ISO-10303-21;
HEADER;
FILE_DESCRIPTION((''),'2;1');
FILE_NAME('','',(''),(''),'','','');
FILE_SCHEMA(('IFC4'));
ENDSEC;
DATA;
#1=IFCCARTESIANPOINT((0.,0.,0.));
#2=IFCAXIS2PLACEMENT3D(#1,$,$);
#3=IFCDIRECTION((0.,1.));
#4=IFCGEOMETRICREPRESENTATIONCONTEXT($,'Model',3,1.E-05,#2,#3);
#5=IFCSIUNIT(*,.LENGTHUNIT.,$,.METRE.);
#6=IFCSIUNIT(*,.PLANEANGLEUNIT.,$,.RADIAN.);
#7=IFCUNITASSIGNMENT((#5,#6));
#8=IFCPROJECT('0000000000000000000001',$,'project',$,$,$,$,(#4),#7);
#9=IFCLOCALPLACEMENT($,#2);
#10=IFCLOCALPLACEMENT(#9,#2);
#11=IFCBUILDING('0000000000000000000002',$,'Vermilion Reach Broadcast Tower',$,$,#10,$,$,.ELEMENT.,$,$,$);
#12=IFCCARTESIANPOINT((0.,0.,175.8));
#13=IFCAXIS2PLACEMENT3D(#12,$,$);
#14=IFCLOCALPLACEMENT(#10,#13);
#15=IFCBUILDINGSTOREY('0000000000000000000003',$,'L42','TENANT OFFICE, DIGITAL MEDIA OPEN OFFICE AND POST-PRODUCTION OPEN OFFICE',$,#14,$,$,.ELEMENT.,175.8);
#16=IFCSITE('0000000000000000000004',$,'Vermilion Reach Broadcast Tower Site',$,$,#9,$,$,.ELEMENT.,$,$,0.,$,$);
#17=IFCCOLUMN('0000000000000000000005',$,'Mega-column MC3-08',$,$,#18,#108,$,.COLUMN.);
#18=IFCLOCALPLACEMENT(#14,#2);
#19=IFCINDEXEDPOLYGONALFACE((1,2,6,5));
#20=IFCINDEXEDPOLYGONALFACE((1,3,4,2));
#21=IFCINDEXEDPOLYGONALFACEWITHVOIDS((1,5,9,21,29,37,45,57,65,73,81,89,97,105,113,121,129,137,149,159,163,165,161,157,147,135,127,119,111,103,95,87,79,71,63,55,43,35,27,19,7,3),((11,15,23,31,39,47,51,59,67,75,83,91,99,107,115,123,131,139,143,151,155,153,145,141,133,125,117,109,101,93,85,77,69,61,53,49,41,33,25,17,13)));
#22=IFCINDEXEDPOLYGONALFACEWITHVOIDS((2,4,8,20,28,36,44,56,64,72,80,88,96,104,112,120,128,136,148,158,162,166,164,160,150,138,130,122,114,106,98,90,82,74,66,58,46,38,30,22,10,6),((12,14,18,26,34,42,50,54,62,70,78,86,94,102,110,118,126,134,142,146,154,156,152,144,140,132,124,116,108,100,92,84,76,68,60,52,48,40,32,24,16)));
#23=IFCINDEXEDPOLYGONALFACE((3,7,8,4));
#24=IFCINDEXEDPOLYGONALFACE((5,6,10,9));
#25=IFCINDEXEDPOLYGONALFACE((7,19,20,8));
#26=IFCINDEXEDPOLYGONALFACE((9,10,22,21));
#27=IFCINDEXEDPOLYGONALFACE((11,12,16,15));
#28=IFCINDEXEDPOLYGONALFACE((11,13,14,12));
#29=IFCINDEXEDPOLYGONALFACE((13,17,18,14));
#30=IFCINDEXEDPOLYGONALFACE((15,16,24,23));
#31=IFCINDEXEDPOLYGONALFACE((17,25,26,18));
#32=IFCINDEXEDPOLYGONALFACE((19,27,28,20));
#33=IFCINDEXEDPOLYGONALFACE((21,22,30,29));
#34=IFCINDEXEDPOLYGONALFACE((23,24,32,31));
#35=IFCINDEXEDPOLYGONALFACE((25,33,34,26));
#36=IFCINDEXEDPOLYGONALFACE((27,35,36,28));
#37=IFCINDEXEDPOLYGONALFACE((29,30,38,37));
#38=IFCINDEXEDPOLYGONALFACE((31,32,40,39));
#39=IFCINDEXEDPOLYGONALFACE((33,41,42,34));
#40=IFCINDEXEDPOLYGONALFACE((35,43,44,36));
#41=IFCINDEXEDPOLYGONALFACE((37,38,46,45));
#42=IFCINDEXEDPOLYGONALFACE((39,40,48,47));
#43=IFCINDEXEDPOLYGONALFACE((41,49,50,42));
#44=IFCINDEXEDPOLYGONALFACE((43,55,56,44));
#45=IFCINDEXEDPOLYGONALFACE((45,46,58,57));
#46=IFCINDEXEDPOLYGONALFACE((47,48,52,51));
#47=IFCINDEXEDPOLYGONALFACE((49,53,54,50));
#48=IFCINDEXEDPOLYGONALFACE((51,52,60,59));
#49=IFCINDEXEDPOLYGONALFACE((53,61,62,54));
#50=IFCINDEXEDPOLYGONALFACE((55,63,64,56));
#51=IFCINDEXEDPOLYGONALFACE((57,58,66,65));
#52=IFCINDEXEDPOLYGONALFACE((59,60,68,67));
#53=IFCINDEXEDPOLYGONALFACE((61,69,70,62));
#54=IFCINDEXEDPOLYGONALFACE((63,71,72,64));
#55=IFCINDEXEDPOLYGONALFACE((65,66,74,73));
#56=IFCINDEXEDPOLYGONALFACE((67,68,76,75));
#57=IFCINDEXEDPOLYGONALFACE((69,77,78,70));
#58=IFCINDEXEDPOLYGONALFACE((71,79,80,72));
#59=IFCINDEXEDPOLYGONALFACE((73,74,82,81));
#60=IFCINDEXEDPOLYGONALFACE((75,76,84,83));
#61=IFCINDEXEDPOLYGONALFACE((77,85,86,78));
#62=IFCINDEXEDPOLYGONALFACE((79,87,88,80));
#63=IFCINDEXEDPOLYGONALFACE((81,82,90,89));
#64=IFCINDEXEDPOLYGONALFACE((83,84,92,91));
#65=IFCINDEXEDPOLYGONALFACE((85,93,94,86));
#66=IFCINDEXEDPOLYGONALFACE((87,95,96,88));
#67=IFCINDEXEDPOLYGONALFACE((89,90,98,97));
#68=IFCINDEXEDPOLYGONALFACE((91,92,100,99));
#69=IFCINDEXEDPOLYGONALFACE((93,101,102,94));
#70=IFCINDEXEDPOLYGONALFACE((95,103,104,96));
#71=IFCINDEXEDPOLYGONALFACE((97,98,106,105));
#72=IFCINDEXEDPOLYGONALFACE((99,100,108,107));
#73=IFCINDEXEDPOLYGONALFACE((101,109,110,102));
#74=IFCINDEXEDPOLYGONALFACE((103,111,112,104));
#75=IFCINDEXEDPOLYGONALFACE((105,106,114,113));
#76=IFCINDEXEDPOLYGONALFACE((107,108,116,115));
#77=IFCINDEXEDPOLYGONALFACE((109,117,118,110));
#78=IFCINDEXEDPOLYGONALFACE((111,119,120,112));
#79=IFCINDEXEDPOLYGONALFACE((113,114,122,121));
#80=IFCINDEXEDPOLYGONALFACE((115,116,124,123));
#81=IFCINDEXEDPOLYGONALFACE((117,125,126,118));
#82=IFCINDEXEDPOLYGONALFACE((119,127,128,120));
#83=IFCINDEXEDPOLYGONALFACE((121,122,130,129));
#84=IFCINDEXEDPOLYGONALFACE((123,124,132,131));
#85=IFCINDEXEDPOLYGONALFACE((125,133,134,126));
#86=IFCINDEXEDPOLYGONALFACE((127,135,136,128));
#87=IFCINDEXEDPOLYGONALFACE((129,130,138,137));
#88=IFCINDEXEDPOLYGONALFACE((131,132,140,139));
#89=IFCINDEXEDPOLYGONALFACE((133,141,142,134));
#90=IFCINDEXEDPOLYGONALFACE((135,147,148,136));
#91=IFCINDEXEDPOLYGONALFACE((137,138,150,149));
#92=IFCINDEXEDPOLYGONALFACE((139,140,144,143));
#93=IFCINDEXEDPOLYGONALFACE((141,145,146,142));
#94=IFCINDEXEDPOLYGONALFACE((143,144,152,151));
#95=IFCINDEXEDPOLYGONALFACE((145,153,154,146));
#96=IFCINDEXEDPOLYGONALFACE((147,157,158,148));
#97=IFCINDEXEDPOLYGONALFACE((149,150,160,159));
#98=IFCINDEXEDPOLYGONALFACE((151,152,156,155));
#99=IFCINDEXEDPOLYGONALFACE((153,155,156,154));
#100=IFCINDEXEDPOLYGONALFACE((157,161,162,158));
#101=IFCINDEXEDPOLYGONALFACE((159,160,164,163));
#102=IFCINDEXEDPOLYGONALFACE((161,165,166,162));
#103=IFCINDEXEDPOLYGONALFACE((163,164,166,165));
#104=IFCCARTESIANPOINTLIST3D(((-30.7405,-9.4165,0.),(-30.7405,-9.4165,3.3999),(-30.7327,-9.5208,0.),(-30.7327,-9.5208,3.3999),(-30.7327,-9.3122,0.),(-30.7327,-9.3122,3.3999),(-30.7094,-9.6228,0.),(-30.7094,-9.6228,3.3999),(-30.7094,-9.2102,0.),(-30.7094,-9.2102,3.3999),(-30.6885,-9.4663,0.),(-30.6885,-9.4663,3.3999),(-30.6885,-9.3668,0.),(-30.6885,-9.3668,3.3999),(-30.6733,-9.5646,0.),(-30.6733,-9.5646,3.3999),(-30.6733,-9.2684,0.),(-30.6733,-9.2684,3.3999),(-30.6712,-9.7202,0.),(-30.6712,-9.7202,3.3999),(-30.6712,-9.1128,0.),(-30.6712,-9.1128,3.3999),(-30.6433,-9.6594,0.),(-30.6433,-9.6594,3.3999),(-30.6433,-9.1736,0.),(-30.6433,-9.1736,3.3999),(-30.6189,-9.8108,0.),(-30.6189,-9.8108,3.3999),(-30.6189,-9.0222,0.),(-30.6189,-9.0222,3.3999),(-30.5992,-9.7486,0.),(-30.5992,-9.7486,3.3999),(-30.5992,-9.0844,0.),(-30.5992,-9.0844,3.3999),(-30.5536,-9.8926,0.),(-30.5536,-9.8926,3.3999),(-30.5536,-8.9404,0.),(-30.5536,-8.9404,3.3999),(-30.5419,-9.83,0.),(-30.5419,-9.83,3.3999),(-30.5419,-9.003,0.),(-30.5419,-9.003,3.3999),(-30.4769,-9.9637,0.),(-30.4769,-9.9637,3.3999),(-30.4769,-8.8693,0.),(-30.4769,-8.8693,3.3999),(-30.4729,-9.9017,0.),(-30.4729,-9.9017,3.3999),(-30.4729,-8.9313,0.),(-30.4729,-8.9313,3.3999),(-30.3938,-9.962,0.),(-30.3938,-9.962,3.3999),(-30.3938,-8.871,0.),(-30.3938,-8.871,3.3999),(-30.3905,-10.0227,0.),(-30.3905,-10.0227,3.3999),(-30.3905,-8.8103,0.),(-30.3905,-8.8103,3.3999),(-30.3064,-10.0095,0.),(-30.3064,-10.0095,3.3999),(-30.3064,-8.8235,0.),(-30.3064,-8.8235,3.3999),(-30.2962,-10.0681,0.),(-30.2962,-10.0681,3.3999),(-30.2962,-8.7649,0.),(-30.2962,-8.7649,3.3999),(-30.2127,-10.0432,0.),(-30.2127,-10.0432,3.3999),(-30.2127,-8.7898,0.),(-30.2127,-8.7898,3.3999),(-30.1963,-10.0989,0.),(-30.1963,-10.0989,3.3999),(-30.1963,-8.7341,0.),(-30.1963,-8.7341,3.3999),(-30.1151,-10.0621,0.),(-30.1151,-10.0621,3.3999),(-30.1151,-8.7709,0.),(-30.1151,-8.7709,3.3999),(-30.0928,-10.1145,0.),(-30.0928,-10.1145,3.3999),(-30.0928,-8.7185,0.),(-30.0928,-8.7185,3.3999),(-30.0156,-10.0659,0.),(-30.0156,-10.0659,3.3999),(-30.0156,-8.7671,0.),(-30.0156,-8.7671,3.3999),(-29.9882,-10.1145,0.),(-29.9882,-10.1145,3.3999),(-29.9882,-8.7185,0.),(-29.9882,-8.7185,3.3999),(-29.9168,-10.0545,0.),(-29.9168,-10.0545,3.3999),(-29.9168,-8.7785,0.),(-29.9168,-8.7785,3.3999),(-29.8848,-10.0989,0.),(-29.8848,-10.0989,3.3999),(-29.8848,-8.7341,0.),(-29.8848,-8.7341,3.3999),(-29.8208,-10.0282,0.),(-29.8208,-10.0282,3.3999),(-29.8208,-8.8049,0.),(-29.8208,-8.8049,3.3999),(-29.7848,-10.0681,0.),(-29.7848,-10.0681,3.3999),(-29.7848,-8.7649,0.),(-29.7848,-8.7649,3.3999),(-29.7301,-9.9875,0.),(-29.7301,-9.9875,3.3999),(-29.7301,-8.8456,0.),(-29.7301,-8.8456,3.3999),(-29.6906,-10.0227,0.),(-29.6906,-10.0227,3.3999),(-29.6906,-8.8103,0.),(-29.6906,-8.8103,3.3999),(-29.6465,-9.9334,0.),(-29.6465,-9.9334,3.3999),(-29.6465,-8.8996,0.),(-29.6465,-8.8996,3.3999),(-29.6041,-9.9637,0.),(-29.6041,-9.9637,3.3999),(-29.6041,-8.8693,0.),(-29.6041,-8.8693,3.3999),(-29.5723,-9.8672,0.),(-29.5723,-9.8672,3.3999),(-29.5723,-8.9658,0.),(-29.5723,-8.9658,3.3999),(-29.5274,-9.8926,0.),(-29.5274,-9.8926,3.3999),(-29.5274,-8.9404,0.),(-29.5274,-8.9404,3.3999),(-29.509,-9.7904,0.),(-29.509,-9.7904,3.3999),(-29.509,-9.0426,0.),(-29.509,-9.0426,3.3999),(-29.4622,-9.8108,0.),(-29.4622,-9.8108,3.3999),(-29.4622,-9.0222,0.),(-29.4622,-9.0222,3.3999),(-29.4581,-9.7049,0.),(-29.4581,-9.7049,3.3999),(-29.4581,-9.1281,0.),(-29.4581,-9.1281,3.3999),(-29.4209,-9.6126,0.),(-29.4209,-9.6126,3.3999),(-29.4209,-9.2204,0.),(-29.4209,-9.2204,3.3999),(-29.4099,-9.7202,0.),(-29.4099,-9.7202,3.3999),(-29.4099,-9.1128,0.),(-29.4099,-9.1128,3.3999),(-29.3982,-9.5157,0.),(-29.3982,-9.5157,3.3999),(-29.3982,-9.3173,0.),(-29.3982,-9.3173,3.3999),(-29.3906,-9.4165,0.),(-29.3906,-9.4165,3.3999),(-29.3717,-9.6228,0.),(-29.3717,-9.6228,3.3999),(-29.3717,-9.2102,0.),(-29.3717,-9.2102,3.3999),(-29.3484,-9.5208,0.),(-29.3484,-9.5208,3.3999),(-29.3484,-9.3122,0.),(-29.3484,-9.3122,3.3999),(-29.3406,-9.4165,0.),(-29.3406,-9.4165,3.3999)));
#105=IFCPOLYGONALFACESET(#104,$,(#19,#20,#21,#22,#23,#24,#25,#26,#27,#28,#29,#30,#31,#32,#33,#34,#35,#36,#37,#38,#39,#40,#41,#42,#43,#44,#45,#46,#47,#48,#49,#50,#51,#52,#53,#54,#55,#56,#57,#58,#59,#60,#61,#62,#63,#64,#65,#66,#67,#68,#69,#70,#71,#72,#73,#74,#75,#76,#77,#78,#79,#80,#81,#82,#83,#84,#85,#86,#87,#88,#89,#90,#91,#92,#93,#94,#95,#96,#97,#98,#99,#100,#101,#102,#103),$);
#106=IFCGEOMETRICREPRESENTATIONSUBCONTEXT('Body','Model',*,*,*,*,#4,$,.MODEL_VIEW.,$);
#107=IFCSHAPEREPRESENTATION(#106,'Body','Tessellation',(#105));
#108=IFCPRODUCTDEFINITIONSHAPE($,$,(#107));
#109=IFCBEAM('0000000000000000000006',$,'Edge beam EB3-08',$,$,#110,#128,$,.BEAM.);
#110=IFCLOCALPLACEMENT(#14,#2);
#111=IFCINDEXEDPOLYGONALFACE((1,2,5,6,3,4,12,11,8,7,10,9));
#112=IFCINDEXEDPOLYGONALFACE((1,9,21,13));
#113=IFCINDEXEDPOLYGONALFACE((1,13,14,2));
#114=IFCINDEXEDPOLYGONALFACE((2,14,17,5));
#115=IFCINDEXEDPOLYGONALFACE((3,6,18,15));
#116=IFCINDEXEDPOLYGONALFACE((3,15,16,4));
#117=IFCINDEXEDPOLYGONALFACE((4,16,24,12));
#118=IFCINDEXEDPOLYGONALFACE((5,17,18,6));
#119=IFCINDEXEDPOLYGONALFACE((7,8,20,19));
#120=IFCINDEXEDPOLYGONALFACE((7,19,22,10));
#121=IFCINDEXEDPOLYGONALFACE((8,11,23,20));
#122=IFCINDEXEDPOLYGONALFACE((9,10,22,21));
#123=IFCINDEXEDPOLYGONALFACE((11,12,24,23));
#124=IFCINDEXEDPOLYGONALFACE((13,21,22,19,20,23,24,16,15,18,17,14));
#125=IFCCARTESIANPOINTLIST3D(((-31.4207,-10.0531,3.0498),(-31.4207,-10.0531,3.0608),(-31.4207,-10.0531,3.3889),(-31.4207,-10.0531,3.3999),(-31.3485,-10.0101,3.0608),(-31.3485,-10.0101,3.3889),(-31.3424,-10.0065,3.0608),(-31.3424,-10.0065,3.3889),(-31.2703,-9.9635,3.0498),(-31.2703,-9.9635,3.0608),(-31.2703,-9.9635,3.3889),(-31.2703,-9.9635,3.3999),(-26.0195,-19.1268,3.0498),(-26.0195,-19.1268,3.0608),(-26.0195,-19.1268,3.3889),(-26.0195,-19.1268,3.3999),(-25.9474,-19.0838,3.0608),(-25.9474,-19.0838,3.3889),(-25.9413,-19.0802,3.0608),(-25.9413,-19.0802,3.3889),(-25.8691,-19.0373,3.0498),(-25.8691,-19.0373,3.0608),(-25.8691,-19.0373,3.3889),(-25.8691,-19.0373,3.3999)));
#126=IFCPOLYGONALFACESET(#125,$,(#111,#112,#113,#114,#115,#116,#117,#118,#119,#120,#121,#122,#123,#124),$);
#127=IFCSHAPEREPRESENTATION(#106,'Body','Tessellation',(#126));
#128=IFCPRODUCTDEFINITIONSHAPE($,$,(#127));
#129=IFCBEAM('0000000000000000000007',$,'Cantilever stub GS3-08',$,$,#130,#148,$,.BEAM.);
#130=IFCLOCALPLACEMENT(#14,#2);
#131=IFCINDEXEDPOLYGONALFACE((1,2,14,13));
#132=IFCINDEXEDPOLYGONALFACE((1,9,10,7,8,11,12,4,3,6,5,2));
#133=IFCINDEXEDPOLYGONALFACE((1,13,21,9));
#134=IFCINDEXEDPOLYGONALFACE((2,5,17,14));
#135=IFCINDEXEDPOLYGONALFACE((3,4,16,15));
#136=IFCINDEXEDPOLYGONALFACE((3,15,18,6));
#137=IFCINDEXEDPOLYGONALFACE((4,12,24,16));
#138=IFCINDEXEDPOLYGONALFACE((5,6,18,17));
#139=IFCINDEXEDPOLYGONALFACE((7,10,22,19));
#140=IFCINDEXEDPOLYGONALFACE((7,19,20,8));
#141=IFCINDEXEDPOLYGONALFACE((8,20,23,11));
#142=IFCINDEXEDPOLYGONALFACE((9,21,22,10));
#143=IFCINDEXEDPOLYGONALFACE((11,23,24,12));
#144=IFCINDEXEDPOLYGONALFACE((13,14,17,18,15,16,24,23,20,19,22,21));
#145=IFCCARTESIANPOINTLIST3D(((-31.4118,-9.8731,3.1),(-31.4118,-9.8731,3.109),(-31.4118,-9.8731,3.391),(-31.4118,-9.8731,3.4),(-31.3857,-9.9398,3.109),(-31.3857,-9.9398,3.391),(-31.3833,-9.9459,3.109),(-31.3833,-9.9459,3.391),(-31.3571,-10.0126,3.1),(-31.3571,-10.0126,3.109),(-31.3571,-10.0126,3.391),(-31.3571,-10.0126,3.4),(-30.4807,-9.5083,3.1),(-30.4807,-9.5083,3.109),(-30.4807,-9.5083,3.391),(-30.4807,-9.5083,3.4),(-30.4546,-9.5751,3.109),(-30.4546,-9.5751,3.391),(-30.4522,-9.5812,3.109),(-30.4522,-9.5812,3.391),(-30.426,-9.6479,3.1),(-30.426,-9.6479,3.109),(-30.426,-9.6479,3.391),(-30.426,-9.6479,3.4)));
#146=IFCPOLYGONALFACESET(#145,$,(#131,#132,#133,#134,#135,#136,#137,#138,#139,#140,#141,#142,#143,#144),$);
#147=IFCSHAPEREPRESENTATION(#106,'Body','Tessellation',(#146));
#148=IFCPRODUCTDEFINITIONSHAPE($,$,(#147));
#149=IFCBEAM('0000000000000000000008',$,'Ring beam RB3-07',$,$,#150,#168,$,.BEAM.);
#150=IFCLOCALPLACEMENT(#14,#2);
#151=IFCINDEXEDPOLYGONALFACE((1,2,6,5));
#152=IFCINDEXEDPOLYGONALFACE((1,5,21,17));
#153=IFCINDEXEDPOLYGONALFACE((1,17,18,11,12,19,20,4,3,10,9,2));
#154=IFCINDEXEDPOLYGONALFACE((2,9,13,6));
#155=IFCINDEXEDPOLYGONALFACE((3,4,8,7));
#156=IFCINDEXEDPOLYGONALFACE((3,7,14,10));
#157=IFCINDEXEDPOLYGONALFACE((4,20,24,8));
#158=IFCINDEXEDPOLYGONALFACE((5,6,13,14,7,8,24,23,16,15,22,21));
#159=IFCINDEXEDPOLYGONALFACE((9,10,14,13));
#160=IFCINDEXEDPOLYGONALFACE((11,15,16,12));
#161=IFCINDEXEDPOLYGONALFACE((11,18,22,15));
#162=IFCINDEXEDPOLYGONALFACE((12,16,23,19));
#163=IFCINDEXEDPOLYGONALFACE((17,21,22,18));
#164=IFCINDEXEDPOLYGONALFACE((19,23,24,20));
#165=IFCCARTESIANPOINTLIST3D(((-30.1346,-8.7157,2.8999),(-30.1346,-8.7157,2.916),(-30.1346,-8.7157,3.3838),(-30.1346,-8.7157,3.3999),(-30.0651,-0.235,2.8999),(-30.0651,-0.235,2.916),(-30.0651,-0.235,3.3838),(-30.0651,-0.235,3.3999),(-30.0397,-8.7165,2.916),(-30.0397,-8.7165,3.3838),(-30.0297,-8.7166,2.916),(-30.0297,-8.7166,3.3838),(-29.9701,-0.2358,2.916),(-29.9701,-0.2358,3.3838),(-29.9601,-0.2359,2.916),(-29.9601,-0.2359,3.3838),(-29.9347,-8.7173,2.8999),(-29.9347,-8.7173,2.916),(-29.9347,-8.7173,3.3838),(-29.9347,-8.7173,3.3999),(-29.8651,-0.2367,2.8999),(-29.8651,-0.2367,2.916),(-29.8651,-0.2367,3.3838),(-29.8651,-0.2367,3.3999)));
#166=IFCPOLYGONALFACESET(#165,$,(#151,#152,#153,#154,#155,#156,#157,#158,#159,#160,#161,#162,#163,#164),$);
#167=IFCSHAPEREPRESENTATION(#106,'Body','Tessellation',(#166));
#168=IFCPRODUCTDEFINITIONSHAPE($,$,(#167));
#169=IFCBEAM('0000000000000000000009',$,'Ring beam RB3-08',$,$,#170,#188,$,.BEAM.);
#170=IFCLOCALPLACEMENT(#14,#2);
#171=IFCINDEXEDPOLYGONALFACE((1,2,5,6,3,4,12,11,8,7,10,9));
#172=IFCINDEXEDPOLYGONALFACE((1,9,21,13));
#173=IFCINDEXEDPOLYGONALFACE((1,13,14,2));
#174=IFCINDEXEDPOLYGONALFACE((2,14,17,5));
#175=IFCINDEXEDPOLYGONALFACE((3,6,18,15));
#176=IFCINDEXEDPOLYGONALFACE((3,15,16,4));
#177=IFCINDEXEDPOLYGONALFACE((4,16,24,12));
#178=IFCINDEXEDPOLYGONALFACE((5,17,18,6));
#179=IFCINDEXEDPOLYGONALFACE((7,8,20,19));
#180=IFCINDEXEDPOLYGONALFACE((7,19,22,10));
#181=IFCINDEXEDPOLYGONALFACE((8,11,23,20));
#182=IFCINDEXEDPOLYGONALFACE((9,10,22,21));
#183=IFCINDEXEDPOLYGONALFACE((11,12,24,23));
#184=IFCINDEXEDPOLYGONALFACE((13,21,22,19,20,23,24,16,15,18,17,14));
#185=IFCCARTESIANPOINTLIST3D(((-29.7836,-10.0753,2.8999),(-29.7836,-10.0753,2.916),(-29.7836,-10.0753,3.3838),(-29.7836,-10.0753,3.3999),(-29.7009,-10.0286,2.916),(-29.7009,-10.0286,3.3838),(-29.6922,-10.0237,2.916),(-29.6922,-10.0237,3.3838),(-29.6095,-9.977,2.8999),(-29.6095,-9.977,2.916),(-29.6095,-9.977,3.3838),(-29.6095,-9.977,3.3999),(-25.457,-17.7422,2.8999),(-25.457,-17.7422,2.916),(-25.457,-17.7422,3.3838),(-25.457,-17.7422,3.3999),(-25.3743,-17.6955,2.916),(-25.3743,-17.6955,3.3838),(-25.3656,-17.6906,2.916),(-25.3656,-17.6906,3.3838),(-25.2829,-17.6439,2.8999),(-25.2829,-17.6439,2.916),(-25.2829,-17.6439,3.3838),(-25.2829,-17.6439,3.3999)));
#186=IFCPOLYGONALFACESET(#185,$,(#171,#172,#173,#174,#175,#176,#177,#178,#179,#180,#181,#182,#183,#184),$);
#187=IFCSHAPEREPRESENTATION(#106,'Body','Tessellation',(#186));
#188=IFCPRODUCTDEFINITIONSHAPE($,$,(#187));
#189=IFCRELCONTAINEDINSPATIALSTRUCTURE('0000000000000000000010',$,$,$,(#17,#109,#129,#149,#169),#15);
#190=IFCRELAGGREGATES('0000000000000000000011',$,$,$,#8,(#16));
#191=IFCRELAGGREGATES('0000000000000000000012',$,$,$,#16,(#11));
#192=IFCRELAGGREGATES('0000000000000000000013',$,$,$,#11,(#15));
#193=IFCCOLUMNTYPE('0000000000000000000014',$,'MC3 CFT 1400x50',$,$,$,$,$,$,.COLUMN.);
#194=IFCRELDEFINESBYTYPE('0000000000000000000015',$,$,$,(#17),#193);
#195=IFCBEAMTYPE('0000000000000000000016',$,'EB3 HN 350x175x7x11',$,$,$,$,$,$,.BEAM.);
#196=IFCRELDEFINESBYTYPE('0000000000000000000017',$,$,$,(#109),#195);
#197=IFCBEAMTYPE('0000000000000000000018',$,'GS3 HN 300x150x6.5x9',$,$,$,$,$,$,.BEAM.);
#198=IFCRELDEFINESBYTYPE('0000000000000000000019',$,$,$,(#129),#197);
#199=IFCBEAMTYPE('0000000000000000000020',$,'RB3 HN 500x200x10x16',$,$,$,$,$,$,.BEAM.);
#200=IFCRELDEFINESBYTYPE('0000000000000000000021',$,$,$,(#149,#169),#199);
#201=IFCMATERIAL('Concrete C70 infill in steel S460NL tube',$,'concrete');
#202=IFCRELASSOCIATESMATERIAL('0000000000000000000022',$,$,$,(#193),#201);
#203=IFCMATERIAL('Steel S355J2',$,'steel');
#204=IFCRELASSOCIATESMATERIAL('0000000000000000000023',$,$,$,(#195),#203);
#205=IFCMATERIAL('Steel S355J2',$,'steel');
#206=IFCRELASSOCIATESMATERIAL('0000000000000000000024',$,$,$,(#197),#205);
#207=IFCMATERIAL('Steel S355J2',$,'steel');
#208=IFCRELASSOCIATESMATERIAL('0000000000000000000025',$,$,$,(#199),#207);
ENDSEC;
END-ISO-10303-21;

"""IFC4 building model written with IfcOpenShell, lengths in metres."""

from ifc_helpers import new_model, si_unit, direction, frame, origin, origin_2d, place, context, subcontext, project, spatial, hollow_circle, i_section, extrude, material, material_profile, profile_set, type_object, element, save


model = new_model("IFC4")

# Units and contexts
model_context = context("Model", 3, precision=1e-05, world=origin(), true_north=direction((0.0, 1.0)))
body_context = subcontext(model_context, "Body", "Model", "MODEL_VIEW")
ifc_project = project(units=[si_unit("LENGTHUNIT", "METRE"), si_unit("PLANEANGLEUNIT", "RADIAN")], contexts=[model_context])

# Site, building, storey
site_placement = place(None, origin())
site = spatial("IfcSite", under=ifc_project, at=site_placement, Name="Vermilion Reach Broadcast Tower Site", CompositionType="ELEMENT", RefElevation=0.0)
building_placement = place(site_placement, origin())
building = spatial("IfcBuilding", under=site, at=building_placement, Name="Vermilion Reach Broadcast Tower", CompositionType="ELEMENT")
storey_placement = place(building_placement, frame((0.0, 0.0, 175.8)))
storey = spatial("IfcBuildingStorey", under=building, at=storey_placement, Name="L42", Description="TENANT OFFICE, DIGITAL MEDIA OPEN OFFICE AND POST-PRODUCTION OPEN OFFICE", CompositionType="ELEMENT", Elevation=175.8)

# Column
ifc_material_1 = material(Name="Concrete C70 infill in steel S460NL tube", Category="concrete")
ifc_material_profile_1 = material_profile(ifc_material_1, hollow_circle(Radius=0.7, WallThickness=0.05, at=origin_2d()), Name="Concrete C70 infill in steel S460NL tube CFT 1400x50")
ifc_profile_set_1 = profile_set([ifc_material_profile_1], Name="Concrete C70 infill in steel S460NL tube")
column_type = type_object("IfcColumnType", Name="MC3 CFT 1400x50", PredefinedType="COLUMN", material=ifc_profile_set_1)
column_placement = place(storey_placement, frame((-30.0405, -9.4165, 0.0), z_axis=(0.0, 0.0, 1.0), x_axis=(1.0, 0.0, 0.0)))
element("IfcColumn", 1, at=column_placement, inside=storey, type_object=column_type, Name="Mega-column MC3-08", PredefinedType="COLUMN", context=body_context, shape_type="SweptSolid", body=[
    extrude(hollow_circle(Radius=0.7, WallThickness=0.05, at=origin_2d()), origin(), (0.0, 0.0, 1.0), 3.3999),
])

# Beams
ifc_material_2 = material(Name="Steel S355J2", Category="steel")
ifc_material_profile_2 = material_profile(ifc_material_2, i_section(OverallWidth=0.175, OverallDepth=0.3501, WebThickness=0.0071, FlangeThickness=0.011, at=origin_2d()), Name="S355J2 HN 350x175x7x11")
ifc_profile_set_2 = profile_set([ifc_material_profile_2], Name="Steel S355J2")
beam_type_1 = type_object("IfcBeamType", Name="EB3 HN 350x175x7x11", PredefinedType="BEAM", material=ifc_profile_set_2)
beam_1_placement = place(storey_placement, frame((-31.3455, -10.0083, 3.2249), z_axis=(0.51149, -0.859289, 0.0), x_axis=(0.859289, 0.51149, 0.0)))
element("IfcBeam", 2, at=beam_1_placement, inside=storey, type_object=beam_type_1, Name="Edge beam EB3-08", PredefinedType="BEAM", context=body_context, shape_type="SweptSolid", body=[
    extrude(i_section(OverallWidth=0.175, OverallDepth=0.3501, WebThickness=0.0071, FlangeThickness=0.011, at=origin_2d()), origin(), (0.0, 0.0, 1.0), 10.5596),
])
ifc_material_3 = material(Name="Steel S355J2", Category="steel")
ifc_material_profile_3 = material_profile(ifc_material_3, i_section(OverallWidth=0.1499, OverallDepth=0.3, WebThickness=0.0066, FlangeThickness=0.009, at=origin_2d()), Name="S355J2 HN 300x150x6.5x9")
ifc_profile_set_3 = profile_set([ifc_material_profile_3], Name="Steel S355J2")
beam_type_2 = type_object("IfcBeamType", Name="GS3 HN 300x150x6.5x9", PredefinedType="BEAM", material=ifc_profile_set_3)
beam_2_placement = place(storey_placement, frame((-30.4534, -9.5781, 3.25), z_axis=(-0.931113, -0.364731, 0.0), x_axis=(0.364731, -0.931113, 0.0)))
element("IfcBeam", 3, at=beam_2_placement, inside=storey, type_object=beam_type_2, Name="Cantilever stub GS3-08", PredefinedType="BEAM", context=body_context, shape_type="SweptSolid", body=[
    extrude(i_section(OverallWidth=0.1499, OverallDepth=0.3, WebThickness=0.0066, FlangeThickness=0.009, at=origin_2d()), origin(), (0.0, 0.0, 1.0), 1.0),
])
ifc_material_4 = material(Name="Steel S355J2", Category="steel")
ifc_material_profile_4 = material_profile(ifc_material_4, i_section(OverallWidth=0.2, OverallDepth=0.5, WebThickness=0.01, FlangeThickness=0.0161, at=origin_2d()), Name="S355J2 HN 500x200x10x16")
ifc_profile_set_4 = profile_set([ifc_material_profile_4], Name="Steel S355J2")
beam_type_3 = type_object("IfcBeamType", Name="RB3 HN 500x200x10x16", PredefinedType="BEAM", material=ifc_profile_set_4)
beam_3_placement = place(storey_placement, frame((-29.9651, -0.2358, 3.1499), z_axis=(-0.008204, -0.999966, 0.0), x_axis=(0.999966, -0.008204, 0.0)))
element("IfcBeam", 4, at=beam_3_placement, inside=storey, type_object=beam_type_3, Name="Ring beam RB3-07", PredefinedType="BEAM", context=body_context, shape_type="SweptSolid", body=[
    extrude(i_section(OverallWidth=0.2, OverallDepth=0.5, WebThickness=0.01, FlangeThickness=0.0161, at=origin_2d()), origin(), (0.0, 0.0, 1.0), 8.481),
])
beam_4_placement = place(storey_placement, frame((-29.6965, -10.0261, 3.1499), z_axis=(0.491467, -0.870896, 0.0), x_axis=(0.870896, 0.491467, 0.0)))
element("IfcBeam", 5, at=beam_4_placement, inside=storey, type_object=beam_type_3, Name="Ring beam RB3-08", PredefinedType="BEAM", context=body_context, shape_type="SweptSolid", body=[
    extrude(i_section(OverallWidth=0.2, OverallDepth=0.5, WebThickness=0.01, FlangeThickness=0.0161, at=origin_2d()), origin(), (0.0, 0.0, 1.0), 8.8035),
])

save(model, "model.ifc")
